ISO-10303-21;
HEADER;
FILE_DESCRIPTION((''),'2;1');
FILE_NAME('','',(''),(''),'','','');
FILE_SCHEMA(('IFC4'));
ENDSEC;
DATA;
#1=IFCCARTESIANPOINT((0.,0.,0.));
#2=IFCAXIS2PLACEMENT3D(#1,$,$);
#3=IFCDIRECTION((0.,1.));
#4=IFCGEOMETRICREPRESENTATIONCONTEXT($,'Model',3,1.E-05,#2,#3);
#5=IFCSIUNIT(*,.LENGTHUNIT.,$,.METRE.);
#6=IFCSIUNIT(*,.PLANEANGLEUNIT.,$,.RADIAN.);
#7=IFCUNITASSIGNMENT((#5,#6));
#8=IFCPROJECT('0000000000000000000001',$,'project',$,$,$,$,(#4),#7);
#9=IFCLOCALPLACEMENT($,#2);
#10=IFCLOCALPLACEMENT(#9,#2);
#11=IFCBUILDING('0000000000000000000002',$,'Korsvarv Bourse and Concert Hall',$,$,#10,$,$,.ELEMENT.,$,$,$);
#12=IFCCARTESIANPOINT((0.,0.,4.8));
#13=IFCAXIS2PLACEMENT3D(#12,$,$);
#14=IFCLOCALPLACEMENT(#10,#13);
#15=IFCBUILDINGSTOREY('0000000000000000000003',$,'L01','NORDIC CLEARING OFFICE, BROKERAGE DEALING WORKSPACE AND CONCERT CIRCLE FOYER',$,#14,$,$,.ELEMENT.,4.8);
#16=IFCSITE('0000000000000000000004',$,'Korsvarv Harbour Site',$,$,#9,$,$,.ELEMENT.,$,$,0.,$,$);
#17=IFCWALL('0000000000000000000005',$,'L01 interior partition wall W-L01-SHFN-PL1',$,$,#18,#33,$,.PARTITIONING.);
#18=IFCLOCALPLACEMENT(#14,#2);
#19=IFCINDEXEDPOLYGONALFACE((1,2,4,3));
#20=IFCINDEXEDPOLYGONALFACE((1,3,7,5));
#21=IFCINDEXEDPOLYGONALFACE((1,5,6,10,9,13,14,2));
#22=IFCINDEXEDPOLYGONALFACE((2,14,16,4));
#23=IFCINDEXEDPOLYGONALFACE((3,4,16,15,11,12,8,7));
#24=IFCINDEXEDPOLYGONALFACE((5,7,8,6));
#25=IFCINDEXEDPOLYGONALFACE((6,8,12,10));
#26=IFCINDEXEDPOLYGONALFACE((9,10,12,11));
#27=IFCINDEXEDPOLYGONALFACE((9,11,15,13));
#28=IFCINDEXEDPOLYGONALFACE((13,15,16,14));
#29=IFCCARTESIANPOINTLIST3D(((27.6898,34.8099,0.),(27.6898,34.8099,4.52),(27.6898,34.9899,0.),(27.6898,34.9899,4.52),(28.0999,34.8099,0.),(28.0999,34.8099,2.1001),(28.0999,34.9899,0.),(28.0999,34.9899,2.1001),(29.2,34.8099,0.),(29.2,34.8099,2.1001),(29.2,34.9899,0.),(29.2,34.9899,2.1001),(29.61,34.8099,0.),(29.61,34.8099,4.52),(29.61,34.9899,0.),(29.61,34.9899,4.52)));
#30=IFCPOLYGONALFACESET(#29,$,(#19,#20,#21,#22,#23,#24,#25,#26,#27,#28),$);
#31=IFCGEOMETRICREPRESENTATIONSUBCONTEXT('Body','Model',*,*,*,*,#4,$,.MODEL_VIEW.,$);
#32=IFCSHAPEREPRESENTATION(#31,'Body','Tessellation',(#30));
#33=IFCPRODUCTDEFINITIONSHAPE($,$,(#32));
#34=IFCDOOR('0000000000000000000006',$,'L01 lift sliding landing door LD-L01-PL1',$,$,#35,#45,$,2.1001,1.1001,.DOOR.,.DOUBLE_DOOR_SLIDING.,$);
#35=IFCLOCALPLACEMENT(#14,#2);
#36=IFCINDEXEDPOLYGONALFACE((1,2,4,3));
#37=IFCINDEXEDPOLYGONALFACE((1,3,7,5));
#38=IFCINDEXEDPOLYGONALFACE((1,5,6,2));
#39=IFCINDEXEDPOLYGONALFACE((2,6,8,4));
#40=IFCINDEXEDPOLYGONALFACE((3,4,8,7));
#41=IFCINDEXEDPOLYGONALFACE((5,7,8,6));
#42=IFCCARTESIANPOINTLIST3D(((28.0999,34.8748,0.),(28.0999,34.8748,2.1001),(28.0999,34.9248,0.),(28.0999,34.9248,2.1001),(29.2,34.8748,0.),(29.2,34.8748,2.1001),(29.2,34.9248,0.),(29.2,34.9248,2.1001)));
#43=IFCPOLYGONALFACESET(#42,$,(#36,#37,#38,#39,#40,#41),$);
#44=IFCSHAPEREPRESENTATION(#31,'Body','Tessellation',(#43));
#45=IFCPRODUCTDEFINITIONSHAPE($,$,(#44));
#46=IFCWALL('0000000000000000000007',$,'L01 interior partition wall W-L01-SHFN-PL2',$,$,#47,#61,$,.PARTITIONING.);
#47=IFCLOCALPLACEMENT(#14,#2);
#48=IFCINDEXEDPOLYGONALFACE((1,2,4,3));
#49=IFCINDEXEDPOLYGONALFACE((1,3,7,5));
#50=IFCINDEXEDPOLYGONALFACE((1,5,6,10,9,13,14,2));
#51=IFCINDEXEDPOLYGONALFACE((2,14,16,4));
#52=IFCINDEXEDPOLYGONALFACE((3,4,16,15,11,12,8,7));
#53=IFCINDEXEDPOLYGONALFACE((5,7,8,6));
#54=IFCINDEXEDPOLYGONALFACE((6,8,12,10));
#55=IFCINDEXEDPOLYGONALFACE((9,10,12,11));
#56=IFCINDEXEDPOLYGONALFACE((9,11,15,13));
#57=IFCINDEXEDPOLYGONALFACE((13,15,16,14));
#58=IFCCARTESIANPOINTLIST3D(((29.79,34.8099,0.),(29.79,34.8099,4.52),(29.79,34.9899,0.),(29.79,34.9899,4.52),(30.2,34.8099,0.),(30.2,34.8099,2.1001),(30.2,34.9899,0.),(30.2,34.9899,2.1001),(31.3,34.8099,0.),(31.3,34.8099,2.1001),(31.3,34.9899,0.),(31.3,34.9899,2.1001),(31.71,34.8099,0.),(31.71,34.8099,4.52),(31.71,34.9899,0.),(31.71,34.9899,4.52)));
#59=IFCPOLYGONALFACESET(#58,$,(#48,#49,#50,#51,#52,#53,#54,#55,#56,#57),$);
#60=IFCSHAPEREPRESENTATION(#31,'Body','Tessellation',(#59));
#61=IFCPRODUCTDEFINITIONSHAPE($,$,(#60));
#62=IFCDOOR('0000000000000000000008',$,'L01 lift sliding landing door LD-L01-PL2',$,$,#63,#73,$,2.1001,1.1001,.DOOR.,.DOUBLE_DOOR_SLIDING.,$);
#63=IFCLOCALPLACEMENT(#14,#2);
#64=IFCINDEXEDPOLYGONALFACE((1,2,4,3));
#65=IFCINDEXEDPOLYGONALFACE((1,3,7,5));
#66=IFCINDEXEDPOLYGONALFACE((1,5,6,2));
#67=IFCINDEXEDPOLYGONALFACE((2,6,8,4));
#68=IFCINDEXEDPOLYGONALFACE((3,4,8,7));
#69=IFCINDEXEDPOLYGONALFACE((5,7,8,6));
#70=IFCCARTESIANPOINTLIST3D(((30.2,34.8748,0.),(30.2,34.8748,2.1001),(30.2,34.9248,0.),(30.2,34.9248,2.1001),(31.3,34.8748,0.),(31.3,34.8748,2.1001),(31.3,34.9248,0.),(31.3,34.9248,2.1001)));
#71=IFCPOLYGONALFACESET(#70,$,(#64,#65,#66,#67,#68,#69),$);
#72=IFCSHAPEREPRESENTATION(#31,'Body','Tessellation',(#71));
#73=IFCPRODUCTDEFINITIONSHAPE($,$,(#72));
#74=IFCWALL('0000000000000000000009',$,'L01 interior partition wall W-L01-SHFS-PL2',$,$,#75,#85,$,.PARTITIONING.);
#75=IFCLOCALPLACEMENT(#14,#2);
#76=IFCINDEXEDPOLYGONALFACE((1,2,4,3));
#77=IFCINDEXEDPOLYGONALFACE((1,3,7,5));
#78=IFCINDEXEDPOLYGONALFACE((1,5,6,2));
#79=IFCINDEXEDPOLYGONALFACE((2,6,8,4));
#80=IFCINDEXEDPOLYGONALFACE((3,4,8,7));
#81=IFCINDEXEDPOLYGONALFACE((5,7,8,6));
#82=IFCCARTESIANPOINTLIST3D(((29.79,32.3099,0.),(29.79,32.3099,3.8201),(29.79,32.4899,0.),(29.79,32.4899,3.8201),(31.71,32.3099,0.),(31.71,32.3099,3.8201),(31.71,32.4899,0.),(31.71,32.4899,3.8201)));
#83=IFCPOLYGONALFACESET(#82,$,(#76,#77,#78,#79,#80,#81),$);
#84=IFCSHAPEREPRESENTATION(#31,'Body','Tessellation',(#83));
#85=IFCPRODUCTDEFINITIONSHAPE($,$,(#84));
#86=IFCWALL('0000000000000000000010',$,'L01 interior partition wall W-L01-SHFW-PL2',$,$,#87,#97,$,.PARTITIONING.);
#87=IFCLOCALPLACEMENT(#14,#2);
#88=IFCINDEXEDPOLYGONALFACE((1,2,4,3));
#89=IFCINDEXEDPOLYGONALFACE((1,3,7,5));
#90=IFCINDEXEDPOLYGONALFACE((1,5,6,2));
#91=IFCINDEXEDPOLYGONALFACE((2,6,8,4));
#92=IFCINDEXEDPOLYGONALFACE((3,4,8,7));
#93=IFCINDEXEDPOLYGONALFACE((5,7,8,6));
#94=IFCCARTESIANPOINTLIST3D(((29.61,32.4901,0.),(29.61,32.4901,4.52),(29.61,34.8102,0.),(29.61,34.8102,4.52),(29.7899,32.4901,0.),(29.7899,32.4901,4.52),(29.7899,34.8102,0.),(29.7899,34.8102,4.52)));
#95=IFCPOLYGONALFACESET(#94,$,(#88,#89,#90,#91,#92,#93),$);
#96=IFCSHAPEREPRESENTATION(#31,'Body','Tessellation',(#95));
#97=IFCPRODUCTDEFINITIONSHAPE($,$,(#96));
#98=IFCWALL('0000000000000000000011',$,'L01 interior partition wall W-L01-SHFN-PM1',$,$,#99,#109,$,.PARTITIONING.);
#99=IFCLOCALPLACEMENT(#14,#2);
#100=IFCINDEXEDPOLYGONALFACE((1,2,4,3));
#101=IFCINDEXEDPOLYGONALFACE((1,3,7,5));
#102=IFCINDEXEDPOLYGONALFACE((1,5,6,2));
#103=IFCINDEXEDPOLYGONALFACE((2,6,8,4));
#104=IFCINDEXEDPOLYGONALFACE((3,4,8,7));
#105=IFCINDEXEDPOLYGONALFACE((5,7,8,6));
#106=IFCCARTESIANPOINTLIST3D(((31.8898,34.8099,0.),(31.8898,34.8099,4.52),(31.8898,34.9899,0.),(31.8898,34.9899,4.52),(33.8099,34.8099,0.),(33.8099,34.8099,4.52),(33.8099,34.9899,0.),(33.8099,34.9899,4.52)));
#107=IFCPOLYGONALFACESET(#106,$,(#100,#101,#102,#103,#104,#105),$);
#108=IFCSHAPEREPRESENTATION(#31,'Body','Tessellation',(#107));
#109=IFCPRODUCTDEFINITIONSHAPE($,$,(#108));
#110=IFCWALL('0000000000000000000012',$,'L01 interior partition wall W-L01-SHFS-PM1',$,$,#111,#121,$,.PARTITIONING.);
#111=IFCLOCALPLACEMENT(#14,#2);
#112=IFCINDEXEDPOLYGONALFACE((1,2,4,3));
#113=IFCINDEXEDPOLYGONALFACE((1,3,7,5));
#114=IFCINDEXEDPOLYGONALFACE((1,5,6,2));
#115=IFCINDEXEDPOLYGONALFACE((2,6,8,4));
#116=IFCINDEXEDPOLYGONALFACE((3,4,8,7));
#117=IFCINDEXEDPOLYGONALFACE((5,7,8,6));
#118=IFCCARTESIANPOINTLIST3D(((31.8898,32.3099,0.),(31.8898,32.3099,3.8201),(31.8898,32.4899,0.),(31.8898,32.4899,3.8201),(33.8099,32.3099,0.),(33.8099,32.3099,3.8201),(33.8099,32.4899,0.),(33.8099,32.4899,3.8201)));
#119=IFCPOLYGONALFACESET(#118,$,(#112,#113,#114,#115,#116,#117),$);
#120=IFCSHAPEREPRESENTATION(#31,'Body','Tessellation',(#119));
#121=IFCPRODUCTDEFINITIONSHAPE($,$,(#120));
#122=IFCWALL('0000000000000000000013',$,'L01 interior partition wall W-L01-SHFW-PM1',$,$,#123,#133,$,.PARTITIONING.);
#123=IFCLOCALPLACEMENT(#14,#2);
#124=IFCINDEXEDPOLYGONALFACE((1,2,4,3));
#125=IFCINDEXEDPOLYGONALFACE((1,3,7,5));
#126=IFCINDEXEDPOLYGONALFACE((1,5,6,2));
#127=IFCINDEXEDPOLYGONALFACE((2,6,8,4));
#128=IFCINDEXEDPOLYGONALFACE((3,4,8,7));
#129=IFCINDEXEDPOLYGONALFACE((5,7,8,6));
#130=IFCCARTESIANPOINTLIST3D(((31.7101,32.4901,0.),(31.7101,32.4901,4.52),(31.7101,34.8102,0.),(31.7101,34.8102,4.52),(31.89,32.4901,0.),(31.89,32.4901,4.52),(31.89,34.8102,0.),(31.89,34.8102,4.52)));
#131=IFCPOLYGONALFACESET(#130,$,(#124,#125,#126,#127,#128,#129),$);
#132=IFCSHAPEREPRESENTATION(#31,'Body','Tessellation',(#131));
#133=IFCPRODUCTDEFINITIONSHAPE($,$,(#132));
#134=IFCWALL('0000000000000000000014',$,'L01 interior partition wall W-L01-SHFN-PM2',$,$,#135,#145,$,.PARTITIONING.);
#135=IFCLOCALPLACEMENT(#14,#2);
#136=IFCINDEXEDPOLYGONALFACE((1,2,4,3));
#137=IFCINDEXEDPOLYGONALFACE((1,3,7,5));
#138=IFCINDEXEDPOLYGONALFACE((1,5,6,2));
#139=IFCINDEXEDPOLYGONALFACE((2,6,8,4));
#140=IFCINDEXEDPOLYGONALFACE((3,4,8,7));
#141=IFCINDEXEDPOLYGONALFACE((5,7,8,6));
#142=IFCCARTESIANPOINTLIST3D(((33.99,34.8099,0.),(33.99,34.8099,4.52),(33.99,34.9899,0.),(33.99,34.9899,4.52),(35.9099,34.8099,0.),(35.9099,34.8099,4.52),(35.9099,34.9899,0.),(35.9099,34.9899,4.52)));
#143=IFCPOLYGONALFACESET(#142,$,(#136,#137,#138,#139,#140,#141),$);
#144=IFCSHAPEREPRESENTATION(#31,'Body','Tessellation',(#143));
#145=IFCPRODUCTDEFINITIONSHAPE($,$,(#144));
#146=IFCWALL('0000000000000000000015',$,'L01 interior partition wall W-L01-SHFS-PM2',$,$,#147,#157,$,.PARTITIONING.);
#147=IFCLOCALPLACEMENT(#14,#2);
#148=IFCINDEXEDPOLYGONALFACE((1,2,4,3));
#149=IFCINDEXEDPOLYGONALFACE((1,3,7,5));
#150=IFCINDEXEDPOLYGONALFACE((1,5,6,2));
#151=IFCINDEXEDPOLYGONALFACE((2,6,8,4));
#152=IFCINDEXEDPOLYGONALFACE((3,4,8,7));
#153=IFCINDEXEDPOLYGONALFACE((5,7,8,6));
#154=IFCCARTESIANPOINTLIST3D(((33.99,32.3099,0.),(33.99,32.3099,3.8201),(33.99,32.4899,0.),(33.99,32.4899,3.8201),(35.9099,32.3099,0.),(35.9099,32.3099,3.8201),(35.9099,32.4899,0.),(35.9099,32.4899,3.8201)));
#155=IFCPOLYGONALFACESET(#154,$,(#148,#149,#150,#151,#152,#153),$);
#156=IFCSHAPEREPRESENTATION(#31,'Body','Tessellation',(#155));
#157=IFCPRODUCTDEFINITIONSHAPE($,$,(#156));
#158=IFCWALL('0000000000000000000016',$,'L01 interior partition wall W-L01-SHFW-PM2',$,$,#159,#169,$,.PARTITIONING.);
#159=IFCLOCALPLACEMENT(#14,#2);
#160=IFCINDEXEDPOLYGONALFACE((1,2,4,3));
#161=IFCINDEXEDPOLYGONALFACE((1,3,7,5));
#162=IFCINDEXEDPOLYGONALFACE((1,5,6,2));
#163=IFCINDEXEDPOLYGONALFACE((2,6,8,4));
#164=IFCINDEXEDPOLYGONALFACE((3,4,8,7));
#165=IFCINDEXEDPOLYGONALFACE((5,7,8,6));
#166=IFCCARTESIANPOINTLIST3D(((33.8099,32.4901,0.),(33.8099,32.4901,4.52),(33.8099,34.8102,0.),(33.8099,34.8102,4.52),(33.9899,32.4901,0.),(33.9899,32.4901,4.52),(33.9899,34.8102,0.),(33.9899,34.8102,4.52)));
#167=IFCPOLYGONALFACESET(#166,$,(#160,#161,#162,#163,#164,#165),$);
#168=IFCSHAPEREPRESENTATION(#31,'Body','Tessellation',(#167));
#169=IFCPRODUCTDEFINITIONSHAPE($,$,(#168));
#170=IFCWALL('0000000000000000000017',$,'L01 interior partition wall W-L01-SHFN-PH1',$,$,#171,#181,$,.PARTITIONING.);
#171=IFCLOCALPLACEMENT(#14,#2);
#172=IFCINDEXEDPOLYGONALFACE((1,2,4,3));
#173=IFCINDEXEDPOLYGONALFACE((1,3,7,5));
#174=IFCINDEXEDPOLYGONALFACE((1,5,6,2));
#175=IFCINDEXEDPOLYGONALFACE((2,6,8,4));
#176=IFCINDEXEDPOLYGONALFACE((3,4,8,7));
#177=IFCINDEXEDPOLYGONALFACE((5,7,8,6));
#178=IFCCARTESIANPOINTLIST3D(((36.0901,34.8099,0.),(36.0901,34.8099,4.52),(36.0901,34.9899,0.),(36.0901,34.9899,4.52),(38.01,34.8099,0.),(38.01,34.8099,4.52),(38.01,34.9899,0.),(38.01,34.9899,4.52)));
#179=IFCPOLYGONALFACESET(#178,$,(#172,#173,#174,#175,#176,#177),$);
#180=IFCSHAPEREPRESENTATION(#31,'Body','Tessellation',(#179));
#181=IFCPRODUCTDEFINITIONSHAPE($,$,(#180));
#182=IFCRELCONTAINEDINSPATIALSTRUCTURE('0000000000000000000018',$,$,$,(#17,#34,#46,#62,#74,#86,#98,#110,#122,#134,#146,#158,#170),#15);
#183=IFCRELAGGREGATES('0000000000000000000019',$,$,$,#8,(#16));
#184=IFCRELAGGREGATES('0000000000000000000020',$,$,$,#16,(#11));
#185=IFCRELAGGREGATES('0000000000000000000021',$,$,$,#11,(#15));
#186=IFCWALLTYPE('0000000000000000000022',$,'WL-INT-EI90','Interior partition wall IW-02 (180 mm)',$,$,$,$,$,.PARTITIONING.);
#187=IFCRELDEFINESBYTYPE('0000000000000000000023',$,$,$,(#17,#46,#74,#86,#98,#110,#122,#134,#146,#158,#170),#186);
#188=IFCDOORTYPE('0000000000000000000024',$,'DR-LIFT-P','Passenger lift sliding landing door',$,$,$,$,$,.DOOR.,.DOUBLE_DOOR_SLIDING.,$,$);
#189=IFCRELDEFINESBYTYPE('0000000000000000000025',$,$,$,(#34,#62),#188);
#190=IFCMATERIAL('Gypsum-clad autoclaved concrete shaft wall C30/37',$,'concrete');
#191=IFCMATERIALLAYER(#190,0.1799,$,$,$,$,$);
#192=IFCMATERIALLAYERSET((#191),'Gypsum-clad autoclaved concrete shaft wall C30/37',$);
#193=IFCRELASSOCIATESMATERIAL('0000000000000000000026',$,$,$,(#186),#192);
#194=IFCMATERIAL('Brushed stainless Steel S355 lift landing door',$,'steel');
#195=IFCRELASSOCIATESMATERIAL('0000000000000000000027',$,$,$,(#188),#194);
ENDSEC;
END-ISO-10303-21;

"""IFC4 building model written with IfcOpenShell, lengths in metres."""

from ifc_helpers import new_model, si_unit, direction, frame, frame_2d, origin, place, context, subcontext, project, spatial, rectangle, extrude, material, layer, layer_set, type_object, element, fill, save


model = new_model("IFC4")

# Units and contexts
model_context = context("Model", 3, precision=1e-05, world=origin(), true_north=direction((0.0, 1.0)))
body_context = subcontext(model_context, "Body", "Model", "MODEL_VIEW")
ifc_project = project(units=[si_unit("LENGTHUNIT", "METRE"), si_unit("PLANEANGLEUNIT", "RADIAN")], contexts=[model_context])

# Site, building, storey
site_placement = place(None, origin())
site = spatial("IfcSite", under=ifc_project, at=site_placement, Name="Korsvarv Harbour Site", CompositionType="ELEMENT", RefElevation=0.0)
building_placement = place(site_placement, origin())
building = spatial("IfcBuilding", under=site, at=building_placement, Name="Korsvarv Bourse and Concert Hall", CompositionType="ELEMENT")
storey_placement = place(building_placement, frame((0.0, 0.0, 4.8)))
storey = spatial("IfcBuildingStorey", under=building, at=storey_placement, Name="L01", Description="NORDIC CLEARING OFFICE, BROKERAGE DEALING WORKSPACE AND CONCERT CIRCLE FOYER", CompositionType="ELEMENT", Elevation=4.8)

# Walls, openings, doors
ifc_material_1 = material(Name="Gypsum-clad autoclaved concrete shaft wall C30/37", Category="concrete")
ifc_layer_1 = layer(ifc_material_1, 0.1799)
ifc_layer_set_1 = layer_set([ifc_layer_1], Name="Gypsum-clad autoclaved concrete shaft wall C30/37")
wall_type_1 = type_object("IfcWallType", Name="WL-INT-EI90", Description="Interior partition wall IW-02 (180 mm)", PredefinedType="PARTITIONING", material=ifc_layer_set_1)
wall_1_placement = place(storey_placement, frame((27.6899, 34.8999, 0.0), z_axis=(0.0, 0.0, 1.0), x_axis=(1.0, 0.0, 0.0)))
wall_1 = element("IfcWall", 1, at=wall_1_placement, inside=storey, type_object=wall_type_1, Name="L01 interior partition wall W-L01-SHFN-PL1", PredefinedType="PARTITIONING", context=body_context, shape_type="SweptSolid", body=[
    extrude(rectangle(XDim=1.9202, YDim=0.1799, at=frame_2d((0.96, 0.0))), origin(), (0.0, 0.0, 1.0), 4.52),
])
opening_1_placement = place(wall_1_placement, frame((0.4099, 0.0, 0.0)))
opening_1 = element("IfcOpeningElement", 2, at=opening_1_placement, cuts=wall_1, PredefinedType="OPENING", context=body_context, shape_type="SweptSolid", body=[
    extrude(rectangle(XDim=1.1001, YDim=2.1001, at=frame_2d((0.55, 1.05))), frame((0.0, 0.1001, 0.0), z_axis=(0.0, -1.0, 0.0), x_axis=(1.0, 0.0, 0.0)), (0.0, 0.0, 1.0), 0.2),
])
ifc_material_2 = material(Name="Brushed stainless Steel S355 lift landing door", Category="steel")
door_type_1 = type_object("IfcDoorType", Name="DR-LIFT-P", Description="Passenger lift sliding landing door", OperationType="DOUBLE_DOOR_SLIDING", PredefinedType="DOOR", material=ifc_material_2)
door_1_placement = place(opening_1_placement, origin())
door_1 = element("IfcDoor", 3, at=door_1_placement, inside=storey, type_object=door_type_1, Name="L01 lift sliding landing door LD-L01-PL1", OperationType="DOUBLE_DOOR_SLIDING", OverallHeight=2.1001, OverallWidth=1.1001, PredefinedType="DOOR", context=body_context, shape_type="SweptSolid", body=[
    extrude(rectangle(XDim=1.1001, YDim=2.1001, at=frame_2d((0.55, 1.05))), frame((0.0, 0.0249, 0.0), z_axis=(0.0, -1.0, 0.0), x_axis=(1.0, 0.0, 0.0)), (0.0, 0.0, 1.0), 0.05),
])
fill(opening_1, door_1)
wall_2_placement = place(storey_placement, frame((29.79, 34.8999, 0.0), z_axis=(0.0, 0.0, 1.0), x_axis=(1.0, 0.0, 0.0)))
wall_2 = element("IfcWall", 4, at=wall_2_placement, inside=storey, type_object=wall_type_1, Name="L01 interior partition wall W-L01-SHFN-PL2", PredefinedType="PARTITIONING", context=body_context, shape_type="SweptSolid", body=[
    extrude(rectangle(XDim=1.9199, YDim=0.1799, at=frame_2d((0.96, 0.0))), origin(), (0.0, 0.0, 1.0), 4.52),
])
opening_2_placement = place(wall_2_placement, frame((0.4099, 0.0, 0.0)))
opening_2 = element("IfcOpeningElement", 5, at=opening_2_placement, cuts=wall_2, PredefinedType="OPENING", context=body_context, shape_type="SweptSolid", body=[
    extrude(rectangle(XDim=1.1001, YDim=2.1001, at=frame_2d((0.55, 1.05))), frame((0.0, 0.1001, 0.0), z_axis=(0.0, -1.0, 0.0), x_axis=(1.0, 0.0, 0.0)), (0.0, 0.0, 1.0), 0.2),
])
door_2_placement = place(opening_2_placement, origin())
door_2 = element("IfcDoor", 6, at=door_2_placement, inside=storey, type_object=door_type_1, Name="L01 lift sliding landing door LD-L01-PL2", OperationType="DOUBLE_DOOR_SLIDING", OverallHeight=2.1001, OverallWidth=1.1001, PredefinedType="DOOR", context=body_context, shape_type="SweptSolid", body=[
    extrude(rectangle(XDim=1.1001, YDim=2.1001, at=frame_2d((0.55, 1.05))), frame((0.0, 0.0249, 0.0), z_axis=(0.0, -1.0, 0.0), x_axis=(1.0, 0.0, 0.0)), (0.0, 0.0, 1.0), 0.05),
])
fill(opening_2, door_2)

# Walls
wall_3_placement = place(storey_placement, frame((29.79, 32.3999, 0.0), z_axis=(0.0, 0.0, 1.0), x_axis=(1.0, 0.0, 0.0)))
element("IfcWall", 7, at=wall_3_placement, inside=storey, type_object=wall_type_1, Name="L01 interior partition wall W-L01-SHFS-PL2", PredefinedType="PARTITIONING", context=body_context, shape_type="SweptSolid", body=[
    extrude(rectangle(XDim=1.9199, YDim=0.1799, at=frame_2d((0.96, 0.0))), origin(), (0.0, 0.0, 1.0), 3.8201),
])
wall_4_placement = place(storey_placement, frame((29.7, 32.49, 0.0), z_axis=(0.0, 0.0, 1.0), x_axis=(0.0, 1.0, 0.0)))
element("IfcWall", 8, at=wall_4_placement, inside=storey, type_object=wall_type_1, Name="L01 interior partition wall W-L01-SHFW-PL2", PredefinedType="PARTITIONING", context=body_context, shape_type="SweptSolid", body=[
    extrude(rectangle(XDim=2.3201, YDim=0.1799, at=frame_2d((1.1602, 0.0))), origin(), (0.0, 0.0, 1.0), 4.52),
])
wall_5_placement = place(storey_placement, frame((31.8899, 34.8999, 0.0), z_axis=(0.0, 0.0, 1.0), x_axis=(1.0, 0.0, 0.0)))
element("IfcWall", 9, at=wall_5_placement, inside=storey, type_object=wall_type_1, Name="L01 interior partition wall W-L01-SHFN-PM1", PredefinedType="PARTITIONING", context=body_context, shape_type="SweptSolid", body=[
    extrude(rectangle(XDim=1.9202, YDim=0.1799, at=frame_2d((0.96, 0.0))), origin(), (0.0, 0.0, 1.0), 4.52),
])
wall_6_placement = place(storey_placement, frame((31.8899, 32.3999, 0.0), z_axis=(0.0, 0.0, 1.0), x_axis=(1.0, 0.0, 0.0)))
element("IfcWall", 10, at=wall_6_placement, inside=storey, type_object=wall_type_1, Name="L01 interior partition wall W-L01-SHFS-PM1", PredefinedType="PARTITIONING", context=body_context, shape_type="SweptSolid", body=[
    extrude(rectangle(XDim=1.9202, YDim=0.1799, at=frame_2d((0.96, 0.0))), origin(), (0.0, 0.0, 1.0), 3.8201),
])
wall_7_placement = place(storey_placement, frame((31.8, 32.49, 0.0), z_axis=(0.0, 0.0, 1.0), x_axis=(0.0, 1.0, 0.0)))
element("IfcWall", 11, at=wall_7_placement, inside=storey, type_object=wall_type_1, Name="L01 interior partition wall W-L01-SHFW-PM1", PredefinedType="PARTITIONING", context=body_context, shape_type="SweptSolid", body=[
    extrude(rectangle(XDim=2.3201, YDim=0.1799, at=frame_2d((1.1602, 0.0))), origin(), (0.0, 0.0, 1.0), 4.52),
])
wall_8_placement = place(storey_placement, frame((33.99, 34.8999, 0.0), z_axis=(0.0, 0.0, 1.0), x_axis=(1.0, 0.0, 0.0)))
element("IfcWall", 12, at=wall_8_placement, inside=storey, type_object=wall_type_1, Name="L01 interior partition wall W-L01-SHFN-PM2", PredefinedType="PARTITIONING", context=body_context, shape_type="SweptSolid", body=[
    extrude(rectangle(XDim=1.9199, YDim=0.1799, at=frame_2d((0.96, 0.0))), origin(), (0.0, 0.0, 1.0), 4.52),
])
wall_9_placement = place(storey_placement, frame((33.99, 32.3999, 0.0), z_axis=(0.0, 0.0, 1.0), x_axis=(1.0, 0.0, 0.0)))
element("IfcWall", 13, at=wall_9_placement, inside=storey, type_object=wall_type_1, Name="L01 interior partition wall W-L01-SHFS-PM2", PredefinedType="PARTITIONING", context=body_context, shape_type="SweptSolid", body=[
    extrude(rectangle(XDim=1.9199, YDim=0.1799, at=frame_2d((0.96, 0.0))), origin(), (0.0, 0.0, 1.0), 3.8201),
])
wall_10_placement = place(storey_placement, frame((33.8999, 32.49, 0.0), z_axis=(0.0, 0.0, 1.0), x_axis=(0.0, 1.0, 0.0)))
element("IfcWall", 14, at=wall_10_placement, inside=storey, type_object=wall_type_1, Name="L01 interior partition wall W-L01-SHFW-PM2", PredefinedType="PARTITIONING", context=body_context, shape_type="SweptSolid", body=[
    extrude(rectangle(XDim=2.3201, YDim=0.1799, at=frame_2d((1.1602, 0.0))), origin(), (0.0, 0.0, 1.0), 4.52),
])
wall_11_placement = place(storey_placement, frame((36.0901, 34.8999, 0.0), z_axis=(0.0, 0.0, 1.0), x_axis=(1.0, 0.0, 0.0)))
element("IfcWall", 15, at=wall_11_placement, inside=storey, type_object=wall_type_1, Name="L01 interior partition wall W-L01-SHFN-PH1", PredefinedType="PARTITIONING", context=body_context, shape_type="SweptSolid", body=[
    extrude(rectangle(XDim=1.9199, YDim=0.1799, at=frame_2d((0.96, 0.0))), origin(), (0.0, 0.0, 1.0), 4.52),
])

save(model, "model.ifc")
